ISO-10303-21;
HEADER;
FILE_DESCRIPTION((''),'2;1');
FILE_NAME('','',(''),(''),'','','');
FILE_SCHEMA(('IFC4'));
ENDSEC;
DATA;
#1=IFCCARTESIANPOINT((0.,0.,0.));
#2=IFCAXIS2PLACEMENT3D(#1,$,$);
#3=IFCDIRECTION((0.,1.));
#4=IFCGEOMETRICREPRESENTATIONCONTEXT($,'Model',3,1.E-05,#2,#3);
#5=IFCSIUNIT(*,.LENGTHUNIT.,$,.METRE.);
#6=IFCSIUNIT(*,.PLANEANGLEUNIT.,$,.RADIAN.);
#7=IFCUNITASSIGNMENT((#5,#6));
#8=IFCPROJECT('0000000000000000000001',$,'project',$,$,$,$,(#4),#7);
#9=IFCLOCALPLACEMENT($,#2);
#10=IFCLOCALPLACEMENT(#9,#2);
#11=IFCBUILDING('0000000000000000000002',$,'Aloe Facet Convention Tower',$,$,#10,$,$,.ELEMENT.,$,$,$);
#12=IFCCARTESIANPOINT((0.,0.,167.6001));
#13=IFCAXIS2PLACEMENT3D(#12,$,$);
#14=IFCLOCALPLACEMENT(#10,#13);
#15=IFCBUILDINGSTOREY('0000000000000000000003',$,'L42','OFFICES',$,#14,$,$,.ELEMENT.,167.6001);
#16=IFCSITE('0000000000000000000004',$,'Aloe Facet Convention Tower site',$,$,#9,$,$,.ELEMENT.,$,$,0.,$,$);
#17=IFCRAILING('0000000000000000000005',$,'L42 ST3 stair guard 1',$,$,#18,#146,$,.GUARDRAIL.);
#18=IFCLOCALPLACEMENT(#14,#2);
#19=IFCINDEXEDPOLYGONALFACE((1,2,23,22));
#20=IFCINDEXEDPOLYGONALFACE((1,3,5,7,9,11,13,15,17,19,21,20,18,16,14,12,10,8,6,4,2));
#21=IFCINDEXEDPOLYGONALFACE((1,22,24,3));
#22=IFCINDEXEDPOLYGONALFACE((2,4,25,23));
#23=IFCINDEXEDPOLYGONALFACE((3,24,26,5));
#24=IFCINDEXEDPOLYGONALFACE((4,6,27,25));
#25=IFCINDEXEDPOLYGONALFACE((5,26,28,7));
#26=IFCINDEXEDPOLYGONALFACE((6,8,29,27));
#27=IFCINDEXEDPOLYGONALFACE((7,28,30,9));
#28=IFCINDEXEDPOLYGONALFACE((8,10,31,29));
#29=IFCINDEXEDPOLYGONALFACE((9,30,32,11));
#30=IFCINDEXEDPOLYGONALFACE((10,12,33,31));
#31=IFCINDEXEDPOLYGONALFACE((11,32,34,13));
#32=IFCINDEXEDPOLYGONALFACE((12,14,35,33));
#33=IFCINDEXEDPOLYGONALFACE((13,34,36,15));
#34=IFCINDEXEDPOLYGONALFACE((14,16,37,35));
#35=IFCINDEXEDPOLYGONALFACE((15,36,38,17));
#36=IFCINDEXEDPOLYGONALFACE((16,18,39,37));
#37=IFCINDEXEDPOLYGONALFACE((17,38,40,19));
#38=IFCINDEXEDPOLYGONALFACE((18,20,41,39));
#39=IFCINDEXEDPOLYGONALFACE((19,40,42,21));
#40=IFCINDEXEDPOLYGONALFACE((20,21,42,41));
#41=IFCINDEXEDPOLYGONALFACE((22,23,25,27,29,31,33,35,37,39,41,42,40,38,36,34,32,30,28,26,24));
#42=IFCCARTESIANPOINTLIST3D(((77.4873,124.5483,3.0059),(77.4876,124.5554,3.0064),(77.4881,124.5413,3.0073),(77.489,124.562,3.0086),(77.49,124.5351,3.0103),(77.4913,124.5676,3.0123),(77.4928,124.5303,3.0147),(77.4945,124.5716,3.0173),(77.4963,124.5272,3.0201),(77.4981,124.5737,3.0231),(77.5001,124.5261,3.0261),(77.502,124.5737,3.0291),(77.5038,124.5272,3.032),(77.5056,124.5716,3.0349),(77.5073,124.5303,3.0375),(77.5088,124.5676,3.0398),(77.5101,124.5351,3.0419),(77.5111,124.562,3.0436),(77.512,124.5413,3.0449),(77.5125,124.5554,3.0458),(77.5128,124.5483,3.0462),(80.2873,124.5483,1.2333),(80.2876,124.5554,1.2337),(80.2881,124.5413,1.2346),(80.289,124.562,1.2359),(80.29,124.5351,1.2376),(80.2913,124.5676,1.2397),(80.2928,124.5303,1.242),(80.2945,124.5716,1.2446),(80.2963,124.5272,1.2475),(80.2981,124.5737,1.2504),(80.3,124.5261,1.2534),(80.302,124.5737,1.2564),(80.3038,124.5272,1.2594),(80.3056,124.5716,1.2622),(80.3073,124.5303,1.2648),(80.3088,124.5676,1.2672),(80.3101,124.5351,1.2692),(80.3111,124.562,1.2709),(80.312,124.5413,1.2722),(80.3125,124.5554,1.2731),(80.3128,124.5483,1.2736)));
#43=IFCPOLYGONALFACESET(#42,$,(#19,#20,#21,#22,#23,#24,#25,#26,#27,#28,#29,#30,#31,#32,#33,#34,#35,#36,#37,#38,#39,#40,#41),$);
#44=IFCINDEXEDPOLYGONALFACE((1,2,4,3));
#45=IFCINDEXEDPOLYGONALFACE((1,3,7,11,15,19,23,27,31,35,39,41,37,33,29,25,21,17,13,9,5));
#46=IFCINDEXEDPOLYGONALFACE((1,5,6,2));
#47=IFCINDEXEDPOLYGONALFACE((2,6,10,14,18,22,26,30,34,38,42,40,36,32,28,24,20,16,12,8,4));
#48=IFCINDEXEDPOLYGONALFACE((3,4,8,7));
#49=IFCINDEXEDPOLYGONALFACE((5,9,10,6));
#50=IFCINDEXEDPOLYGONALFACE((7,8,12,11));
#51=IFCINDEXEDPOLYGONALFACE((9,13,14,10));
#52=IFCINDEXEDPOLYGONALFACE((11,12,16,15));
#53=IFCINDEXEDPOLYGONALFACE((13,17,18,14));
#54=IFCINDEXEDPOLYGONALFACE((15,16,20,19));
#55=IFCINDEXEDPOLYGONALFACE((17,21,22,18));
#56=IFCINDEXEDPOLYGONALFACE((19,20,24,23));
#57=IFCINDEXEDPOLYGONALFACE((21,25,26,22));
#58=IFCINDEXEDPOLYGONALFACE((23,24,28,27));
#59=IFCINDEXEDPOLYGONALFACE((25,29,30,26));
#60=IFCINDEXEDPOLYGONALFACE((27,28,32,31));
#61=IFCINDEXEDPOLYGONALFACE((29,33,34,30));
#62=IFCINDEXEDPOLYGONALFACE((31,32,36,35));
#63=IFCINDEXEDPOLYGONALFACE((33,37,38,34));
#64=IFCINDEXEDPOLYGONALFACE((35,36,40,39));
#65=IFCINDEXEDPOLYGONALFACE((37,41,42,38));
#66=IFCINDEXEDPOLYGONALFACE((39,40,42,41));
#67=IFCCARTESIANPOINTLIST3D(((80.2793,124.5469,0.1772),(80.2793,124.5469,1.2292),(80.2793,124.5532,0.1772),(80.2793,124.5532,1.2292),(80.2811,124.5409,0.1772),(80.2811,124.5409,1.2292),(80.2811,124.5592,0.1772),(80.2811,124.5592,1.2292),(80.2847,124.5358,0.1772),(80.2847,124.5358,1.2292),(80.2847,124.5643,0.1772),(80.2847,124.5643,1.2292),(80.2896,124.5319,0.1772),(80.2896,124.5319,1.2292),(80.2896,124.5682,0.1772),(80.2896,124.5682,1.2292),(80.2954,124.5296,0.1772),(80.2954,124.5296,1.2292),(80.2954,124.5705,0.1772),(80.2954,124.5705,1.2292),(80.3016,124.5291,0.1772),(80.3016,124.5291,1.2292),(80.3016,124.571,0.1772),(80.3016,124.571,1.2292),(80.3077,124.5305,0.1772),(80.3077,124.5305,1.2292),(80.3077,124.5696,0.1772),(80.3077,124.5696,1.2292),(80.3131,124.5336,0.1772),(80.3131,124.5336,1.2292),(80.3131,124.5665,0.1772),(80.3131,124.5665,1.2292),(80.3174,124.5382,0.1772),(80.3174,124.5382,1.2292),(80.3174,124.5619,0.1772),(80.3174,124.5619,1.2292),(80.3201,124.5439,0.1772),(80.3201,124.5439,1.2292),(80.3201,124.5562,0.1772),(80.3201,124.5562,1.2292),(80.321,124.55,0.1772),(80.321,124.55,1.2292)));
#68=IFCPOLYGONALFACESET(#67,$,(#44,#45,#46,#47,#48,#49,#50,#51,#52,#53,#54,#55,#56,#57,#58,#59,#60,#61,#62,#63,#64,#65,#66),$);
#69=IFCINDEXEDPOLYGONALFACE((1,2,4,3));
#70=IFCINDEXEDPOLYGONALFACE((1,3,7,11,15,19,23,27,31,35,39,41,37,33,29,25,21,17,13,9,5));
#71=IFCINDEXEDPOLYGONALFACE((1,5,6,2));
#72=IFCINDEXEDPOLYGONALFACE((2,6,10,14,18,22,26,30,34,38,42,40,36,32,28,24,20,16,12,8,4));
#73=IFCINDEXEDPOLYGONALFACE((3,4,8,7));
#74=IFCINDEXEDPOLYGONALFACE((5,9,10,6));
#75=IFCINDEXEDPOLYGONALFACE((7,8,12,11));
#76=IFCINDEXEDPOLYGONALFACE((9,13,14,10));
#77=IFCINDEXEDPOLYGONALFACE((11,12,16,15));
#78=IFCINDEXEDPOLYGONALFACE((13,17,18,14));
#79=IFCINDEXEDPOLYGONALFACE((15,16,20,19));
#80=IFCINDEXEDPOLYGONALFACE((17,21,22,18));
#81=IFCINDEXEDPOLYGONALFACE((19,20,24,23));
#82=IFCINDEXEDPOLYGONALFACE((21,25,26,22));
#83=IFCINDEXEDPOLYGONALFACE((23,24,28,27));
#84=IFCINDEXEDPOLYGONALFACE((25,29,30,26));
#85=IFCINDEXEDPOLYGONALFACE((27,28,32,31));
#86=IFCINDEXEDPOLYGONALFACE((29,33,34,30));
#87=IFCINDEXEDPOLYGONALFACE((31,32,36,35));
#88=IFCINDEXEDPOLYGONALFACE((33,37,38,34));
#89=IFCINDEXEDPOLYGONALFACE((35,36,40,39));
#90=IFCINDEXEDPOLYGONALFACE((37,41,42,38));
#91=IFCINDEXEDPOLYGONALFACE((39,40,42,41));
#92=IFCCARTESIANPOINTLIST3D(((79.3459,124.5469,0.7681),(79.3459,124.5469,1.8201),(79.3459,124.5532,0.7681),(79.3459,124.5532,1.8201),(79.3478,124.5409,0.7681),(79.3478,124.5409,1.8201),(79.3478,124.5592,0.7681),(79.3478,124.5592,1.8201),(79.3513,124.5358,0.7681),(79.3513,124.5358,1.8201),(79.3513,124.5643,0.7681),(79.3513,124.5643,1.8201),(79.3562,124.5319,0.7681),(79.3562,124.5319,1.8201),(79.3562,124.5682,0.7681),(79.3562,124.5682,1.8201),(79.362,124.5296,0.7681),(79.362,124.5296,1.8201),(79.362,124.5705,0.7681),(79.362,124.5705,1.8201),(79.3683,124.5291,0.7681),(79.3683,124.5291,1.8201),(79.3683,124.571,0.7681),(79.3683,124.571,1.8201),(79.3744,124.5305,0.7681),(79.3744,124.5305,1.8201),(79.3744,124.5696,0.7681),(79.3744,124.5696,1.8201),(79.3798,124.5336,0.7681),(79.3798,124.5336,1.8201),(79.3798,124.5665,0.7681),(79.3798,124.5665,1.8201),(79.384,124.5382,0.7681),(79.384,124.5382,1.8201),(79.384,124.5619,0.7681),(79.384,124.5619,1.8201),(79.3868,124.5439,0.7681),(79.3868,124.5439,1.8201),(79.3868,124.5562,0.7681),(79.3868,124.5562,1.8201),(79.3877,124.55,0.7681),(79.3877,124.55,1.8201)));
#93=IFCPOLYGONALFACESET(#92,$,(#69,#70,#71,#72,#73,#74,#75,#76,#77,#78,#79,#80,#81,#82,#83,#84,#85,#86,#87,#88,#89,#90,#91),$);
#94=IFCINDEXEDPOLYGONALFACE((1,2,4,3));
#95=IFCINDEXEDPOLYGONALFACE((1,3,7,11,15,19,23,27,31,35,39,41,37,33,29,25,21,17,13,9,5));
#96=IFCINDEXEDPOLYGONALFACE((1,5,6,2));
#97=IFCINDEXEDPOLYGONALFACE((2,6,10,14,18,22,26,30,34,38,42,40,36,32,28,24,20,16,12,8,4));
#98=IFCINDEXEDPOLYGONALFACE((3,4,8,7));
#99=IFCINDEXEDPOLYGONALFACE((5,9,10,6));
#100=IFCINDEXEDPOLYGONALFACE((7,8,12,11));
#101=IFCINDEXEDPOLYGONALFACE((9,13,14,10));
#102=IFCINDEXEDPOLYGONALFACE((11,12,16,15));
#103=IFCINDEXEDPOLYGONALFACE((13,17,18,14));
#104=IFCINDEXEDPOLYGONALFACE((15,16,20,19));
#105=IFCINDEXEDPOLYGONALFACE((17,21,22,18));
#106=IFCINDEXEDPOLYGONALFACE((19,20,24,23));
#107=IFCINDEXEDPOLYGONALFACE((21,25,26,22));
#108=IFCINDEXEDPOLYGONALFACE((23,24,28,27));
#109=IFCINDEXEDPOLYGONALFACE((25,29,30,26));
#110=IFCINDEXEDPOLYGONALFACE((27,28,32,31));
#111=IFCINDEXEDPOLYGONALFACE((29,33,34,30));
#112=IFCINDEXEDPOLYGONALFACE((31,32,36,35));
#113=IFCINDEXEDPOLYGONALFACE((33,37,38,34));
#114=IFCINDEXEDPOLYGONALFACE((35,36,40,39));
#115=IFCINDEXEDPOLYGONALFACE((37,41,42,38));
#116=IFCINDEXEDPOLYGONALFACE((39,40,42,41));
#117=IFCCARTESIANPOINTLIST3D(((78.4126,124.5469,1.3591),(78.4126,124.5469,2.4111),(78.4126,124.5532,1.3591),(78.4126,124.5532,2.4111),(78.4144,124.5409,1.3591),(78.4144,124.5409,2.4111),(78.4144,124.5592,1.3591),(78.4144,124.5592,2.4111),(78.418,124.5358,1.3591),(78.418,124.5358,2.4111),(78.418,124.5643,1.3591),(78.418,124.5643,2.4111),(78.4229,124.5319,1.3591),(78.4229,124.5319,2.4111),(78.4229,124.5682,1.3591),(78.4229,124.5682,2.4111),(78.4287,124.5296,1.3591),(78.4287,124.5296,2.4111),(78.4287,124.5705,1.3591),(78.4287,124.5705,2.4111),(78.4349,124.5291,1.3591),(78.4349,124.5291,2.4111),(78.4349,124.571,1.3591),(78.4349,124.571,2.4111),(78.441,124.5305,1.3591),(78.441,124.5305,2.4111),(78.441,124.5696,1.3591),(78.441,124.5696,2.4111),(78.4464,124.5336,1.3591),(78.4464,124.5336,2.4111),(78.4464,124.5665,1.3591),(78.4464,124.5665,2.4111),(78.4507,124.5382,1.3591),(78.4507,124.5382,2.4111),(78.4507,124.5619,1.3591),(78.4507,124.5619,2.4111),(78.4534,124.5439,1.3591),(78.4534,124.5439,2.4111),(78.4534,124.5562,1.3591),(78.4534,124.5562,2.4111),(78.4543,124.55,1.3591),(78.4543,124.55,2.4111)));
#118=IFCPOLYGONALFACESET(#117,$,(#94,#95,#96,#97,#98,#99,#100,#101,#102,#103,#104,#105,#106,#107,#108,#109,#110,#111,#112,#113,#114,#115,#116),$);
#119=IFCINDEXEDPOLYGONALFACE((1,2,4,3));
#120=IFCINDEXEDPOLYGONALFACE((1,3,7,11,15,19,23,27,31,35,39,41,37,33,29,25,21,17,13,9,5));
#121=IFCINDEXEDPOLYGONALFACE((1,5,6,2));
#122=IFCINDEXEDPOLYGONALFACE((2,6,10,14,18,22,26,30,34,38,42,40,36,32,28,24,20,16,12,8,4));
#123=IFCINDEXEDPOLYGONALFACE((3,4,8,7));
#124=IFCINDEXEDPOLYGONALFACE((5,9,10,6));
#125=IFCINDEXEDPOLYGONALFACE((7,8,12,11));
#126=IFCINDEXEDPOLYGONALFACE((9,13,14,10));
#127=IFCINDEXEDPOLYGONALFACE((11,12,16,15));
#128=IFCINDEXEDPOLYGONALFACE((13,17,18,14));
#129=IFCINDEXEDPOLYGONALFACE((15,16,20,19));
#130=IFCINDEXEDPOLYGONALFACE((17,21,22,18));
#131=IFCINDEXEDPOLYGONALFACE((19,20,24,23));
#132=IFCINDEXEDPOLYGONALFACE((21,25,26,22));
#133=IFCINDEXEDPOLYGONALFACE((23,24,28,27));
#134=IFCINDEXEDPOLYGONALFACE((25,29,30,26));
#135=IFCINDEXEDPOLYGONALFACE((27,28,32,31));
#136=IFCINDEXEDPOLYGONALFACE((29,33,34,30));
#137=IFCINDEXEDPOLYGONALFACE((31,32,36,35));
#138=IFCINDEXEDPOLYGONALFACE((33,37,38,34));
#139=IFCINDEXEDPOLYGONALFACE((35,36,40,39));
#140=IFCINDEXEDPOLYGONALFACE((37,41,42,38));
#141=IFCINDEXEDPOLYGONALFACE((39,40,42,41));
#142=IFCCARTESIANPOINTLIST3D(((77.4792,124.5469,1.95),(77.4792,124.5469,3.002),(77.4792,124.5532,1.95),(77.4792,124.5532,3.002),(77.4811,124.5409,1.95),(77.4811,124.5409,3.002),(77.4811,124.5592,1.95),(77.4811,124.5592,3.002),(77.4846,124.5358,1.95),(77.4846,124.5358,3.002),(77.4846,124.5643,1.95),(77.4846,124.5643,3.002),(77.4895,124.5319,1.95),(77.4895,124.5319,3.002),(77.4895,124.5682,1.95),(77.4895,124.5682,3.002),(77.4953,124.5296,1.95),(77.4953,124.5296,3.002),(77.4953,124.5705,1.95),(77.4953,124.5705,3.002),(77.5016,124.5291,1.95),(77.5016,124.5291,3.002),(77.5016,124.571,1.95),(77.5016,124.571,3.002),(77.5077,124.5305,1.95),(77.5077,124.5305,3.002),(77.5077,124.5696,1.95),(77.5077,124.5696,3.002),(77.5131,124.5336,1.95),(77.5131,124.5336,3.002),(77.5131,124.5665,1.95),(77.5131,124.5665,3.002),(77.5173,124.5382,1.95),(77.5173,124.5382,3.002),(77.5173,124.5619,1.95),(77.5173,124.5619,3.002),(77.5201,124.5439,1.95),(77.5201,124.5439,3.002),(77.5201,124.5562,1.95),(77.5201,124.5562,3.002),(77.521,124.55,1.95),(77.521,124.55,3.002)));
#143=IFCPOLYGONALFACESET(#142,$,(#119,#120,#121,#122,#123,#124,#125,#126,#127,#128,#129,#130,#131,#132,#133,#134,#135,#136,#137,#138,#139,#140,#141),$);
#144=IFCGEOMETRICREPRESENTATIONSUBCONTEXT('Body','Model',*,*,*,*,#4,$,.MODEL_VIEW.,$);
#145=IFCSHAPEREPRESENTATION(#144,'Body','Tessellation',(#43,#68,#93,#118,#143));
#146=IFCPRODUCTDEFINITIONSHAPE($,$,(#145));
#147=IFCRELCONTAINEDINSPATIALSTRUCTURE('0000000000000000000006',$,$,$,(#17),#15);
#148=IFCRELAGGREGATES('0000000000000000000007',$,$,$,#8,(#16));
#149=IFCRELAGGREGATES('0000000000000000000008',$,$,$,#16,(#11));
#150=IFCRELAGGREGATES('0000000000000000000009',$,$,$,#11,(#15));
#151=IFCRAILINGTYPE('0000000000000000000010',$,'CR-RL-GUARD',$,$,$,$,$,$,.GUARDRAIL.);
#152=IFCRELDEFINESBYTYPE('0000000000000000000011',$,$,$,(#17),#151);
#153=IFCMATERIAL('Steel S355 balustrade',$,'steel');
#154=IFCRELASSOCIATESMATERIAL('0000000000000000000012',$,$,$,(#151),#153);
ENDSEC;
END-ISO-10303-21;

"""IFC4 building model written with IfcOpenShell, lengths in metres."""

from ifc_helpers import new_model, si_unit, direction, frame, origin, origin_2d, place, context, subcontext, project, spatial, circle, extrude, material, type_object, element, save


model = new_model("IFC4")

# Units and contexts
model_context = context("Model", 3, precision=1e-05, world=origin(), true_north=direction((0.0, 1.0)))
body_context = subcontext(model_context, "Body", "Model", "MODEL_VIEW")
ifc_project = project(units=[si_unit("LENGTHUNIT", "METRE"), si_unit("PLANEANGLEUNIT", "RADIAN")], contexts=[model_context])

# Site, building, storey
site_placement = place(None, origin())
site = spatial("IfcSite", under=ifc_project, at=site_placement, Name="Aloe Facet Convention Tower site", CompositionType="ELEMENT", RefElevation=0.0)
building_placement = place(site_placement, origin())
building = spatial("IfcBuilding", under=site, at=building_placement, Name="Aloe Facet Convention Tower", CompositionType="ELEMENT")
storey_placement = place(building_placement, frame((0.0, 0.0, 167.6001)))
storey = spatial("IfcBuildingStorey", under=building, at=storey_placement, Name="L42", Description="OFFICES", CompositionType="ELEMENT", Elevation=167.6001)

# Railing
ifc_material_1 = material(Name="Steel S355 balustrade", Category="steel")
railing_type_1 = type_object("IfcRailingType", Name="CR-RL-GUARD", PredefinedType="GUARDRAIL", material=ifc_material_1)
railing_1_placement = place(storey_placement, frame((80.3, 124.55, 0.1772)))
element("IfcRailing", 1, at=railing_1_placement, inside=storey, type_object=railing_type_1, Name="L42 ST3 stair guard 1", PredefinedType="GUARDRAIL", context=body_context, shape_type="SweptSolid", body=[
    extrude(circle(Radius=0.0239, at=origin_2d()), frame((0.0, 0.0, 1.0762), z_axis=(-0.844909, 0.0, 0.53491), x_axis=(0.0, -1.0, 0.0)), (0.0, 0.0, 1.0), 3.314),
    extrude(circle(Radius=0.021, at=origin_2d()), origin(), (0.0, 0.0, 1.0), 1.052),
    extrude(circle(Radius=0.021, at=origin_2d()), frame((-0.9333, 0.0, 0.5908)), (0.0, 0.0, 1.0), 1.052),
    extrude(circle(Radius=0.021, at=origin_2d()), frame((-1.8667, 0.0, 1.1819)), (0.0, 0.0, 1.0), 1.052),
    extrude(circle(Radius=0.021, at=origin_2d()), frame((-2.8, 0.0, 1.7727)), (0.0, 0.0, 1.0), 1.052),
])

save(model, "model.ifc")
